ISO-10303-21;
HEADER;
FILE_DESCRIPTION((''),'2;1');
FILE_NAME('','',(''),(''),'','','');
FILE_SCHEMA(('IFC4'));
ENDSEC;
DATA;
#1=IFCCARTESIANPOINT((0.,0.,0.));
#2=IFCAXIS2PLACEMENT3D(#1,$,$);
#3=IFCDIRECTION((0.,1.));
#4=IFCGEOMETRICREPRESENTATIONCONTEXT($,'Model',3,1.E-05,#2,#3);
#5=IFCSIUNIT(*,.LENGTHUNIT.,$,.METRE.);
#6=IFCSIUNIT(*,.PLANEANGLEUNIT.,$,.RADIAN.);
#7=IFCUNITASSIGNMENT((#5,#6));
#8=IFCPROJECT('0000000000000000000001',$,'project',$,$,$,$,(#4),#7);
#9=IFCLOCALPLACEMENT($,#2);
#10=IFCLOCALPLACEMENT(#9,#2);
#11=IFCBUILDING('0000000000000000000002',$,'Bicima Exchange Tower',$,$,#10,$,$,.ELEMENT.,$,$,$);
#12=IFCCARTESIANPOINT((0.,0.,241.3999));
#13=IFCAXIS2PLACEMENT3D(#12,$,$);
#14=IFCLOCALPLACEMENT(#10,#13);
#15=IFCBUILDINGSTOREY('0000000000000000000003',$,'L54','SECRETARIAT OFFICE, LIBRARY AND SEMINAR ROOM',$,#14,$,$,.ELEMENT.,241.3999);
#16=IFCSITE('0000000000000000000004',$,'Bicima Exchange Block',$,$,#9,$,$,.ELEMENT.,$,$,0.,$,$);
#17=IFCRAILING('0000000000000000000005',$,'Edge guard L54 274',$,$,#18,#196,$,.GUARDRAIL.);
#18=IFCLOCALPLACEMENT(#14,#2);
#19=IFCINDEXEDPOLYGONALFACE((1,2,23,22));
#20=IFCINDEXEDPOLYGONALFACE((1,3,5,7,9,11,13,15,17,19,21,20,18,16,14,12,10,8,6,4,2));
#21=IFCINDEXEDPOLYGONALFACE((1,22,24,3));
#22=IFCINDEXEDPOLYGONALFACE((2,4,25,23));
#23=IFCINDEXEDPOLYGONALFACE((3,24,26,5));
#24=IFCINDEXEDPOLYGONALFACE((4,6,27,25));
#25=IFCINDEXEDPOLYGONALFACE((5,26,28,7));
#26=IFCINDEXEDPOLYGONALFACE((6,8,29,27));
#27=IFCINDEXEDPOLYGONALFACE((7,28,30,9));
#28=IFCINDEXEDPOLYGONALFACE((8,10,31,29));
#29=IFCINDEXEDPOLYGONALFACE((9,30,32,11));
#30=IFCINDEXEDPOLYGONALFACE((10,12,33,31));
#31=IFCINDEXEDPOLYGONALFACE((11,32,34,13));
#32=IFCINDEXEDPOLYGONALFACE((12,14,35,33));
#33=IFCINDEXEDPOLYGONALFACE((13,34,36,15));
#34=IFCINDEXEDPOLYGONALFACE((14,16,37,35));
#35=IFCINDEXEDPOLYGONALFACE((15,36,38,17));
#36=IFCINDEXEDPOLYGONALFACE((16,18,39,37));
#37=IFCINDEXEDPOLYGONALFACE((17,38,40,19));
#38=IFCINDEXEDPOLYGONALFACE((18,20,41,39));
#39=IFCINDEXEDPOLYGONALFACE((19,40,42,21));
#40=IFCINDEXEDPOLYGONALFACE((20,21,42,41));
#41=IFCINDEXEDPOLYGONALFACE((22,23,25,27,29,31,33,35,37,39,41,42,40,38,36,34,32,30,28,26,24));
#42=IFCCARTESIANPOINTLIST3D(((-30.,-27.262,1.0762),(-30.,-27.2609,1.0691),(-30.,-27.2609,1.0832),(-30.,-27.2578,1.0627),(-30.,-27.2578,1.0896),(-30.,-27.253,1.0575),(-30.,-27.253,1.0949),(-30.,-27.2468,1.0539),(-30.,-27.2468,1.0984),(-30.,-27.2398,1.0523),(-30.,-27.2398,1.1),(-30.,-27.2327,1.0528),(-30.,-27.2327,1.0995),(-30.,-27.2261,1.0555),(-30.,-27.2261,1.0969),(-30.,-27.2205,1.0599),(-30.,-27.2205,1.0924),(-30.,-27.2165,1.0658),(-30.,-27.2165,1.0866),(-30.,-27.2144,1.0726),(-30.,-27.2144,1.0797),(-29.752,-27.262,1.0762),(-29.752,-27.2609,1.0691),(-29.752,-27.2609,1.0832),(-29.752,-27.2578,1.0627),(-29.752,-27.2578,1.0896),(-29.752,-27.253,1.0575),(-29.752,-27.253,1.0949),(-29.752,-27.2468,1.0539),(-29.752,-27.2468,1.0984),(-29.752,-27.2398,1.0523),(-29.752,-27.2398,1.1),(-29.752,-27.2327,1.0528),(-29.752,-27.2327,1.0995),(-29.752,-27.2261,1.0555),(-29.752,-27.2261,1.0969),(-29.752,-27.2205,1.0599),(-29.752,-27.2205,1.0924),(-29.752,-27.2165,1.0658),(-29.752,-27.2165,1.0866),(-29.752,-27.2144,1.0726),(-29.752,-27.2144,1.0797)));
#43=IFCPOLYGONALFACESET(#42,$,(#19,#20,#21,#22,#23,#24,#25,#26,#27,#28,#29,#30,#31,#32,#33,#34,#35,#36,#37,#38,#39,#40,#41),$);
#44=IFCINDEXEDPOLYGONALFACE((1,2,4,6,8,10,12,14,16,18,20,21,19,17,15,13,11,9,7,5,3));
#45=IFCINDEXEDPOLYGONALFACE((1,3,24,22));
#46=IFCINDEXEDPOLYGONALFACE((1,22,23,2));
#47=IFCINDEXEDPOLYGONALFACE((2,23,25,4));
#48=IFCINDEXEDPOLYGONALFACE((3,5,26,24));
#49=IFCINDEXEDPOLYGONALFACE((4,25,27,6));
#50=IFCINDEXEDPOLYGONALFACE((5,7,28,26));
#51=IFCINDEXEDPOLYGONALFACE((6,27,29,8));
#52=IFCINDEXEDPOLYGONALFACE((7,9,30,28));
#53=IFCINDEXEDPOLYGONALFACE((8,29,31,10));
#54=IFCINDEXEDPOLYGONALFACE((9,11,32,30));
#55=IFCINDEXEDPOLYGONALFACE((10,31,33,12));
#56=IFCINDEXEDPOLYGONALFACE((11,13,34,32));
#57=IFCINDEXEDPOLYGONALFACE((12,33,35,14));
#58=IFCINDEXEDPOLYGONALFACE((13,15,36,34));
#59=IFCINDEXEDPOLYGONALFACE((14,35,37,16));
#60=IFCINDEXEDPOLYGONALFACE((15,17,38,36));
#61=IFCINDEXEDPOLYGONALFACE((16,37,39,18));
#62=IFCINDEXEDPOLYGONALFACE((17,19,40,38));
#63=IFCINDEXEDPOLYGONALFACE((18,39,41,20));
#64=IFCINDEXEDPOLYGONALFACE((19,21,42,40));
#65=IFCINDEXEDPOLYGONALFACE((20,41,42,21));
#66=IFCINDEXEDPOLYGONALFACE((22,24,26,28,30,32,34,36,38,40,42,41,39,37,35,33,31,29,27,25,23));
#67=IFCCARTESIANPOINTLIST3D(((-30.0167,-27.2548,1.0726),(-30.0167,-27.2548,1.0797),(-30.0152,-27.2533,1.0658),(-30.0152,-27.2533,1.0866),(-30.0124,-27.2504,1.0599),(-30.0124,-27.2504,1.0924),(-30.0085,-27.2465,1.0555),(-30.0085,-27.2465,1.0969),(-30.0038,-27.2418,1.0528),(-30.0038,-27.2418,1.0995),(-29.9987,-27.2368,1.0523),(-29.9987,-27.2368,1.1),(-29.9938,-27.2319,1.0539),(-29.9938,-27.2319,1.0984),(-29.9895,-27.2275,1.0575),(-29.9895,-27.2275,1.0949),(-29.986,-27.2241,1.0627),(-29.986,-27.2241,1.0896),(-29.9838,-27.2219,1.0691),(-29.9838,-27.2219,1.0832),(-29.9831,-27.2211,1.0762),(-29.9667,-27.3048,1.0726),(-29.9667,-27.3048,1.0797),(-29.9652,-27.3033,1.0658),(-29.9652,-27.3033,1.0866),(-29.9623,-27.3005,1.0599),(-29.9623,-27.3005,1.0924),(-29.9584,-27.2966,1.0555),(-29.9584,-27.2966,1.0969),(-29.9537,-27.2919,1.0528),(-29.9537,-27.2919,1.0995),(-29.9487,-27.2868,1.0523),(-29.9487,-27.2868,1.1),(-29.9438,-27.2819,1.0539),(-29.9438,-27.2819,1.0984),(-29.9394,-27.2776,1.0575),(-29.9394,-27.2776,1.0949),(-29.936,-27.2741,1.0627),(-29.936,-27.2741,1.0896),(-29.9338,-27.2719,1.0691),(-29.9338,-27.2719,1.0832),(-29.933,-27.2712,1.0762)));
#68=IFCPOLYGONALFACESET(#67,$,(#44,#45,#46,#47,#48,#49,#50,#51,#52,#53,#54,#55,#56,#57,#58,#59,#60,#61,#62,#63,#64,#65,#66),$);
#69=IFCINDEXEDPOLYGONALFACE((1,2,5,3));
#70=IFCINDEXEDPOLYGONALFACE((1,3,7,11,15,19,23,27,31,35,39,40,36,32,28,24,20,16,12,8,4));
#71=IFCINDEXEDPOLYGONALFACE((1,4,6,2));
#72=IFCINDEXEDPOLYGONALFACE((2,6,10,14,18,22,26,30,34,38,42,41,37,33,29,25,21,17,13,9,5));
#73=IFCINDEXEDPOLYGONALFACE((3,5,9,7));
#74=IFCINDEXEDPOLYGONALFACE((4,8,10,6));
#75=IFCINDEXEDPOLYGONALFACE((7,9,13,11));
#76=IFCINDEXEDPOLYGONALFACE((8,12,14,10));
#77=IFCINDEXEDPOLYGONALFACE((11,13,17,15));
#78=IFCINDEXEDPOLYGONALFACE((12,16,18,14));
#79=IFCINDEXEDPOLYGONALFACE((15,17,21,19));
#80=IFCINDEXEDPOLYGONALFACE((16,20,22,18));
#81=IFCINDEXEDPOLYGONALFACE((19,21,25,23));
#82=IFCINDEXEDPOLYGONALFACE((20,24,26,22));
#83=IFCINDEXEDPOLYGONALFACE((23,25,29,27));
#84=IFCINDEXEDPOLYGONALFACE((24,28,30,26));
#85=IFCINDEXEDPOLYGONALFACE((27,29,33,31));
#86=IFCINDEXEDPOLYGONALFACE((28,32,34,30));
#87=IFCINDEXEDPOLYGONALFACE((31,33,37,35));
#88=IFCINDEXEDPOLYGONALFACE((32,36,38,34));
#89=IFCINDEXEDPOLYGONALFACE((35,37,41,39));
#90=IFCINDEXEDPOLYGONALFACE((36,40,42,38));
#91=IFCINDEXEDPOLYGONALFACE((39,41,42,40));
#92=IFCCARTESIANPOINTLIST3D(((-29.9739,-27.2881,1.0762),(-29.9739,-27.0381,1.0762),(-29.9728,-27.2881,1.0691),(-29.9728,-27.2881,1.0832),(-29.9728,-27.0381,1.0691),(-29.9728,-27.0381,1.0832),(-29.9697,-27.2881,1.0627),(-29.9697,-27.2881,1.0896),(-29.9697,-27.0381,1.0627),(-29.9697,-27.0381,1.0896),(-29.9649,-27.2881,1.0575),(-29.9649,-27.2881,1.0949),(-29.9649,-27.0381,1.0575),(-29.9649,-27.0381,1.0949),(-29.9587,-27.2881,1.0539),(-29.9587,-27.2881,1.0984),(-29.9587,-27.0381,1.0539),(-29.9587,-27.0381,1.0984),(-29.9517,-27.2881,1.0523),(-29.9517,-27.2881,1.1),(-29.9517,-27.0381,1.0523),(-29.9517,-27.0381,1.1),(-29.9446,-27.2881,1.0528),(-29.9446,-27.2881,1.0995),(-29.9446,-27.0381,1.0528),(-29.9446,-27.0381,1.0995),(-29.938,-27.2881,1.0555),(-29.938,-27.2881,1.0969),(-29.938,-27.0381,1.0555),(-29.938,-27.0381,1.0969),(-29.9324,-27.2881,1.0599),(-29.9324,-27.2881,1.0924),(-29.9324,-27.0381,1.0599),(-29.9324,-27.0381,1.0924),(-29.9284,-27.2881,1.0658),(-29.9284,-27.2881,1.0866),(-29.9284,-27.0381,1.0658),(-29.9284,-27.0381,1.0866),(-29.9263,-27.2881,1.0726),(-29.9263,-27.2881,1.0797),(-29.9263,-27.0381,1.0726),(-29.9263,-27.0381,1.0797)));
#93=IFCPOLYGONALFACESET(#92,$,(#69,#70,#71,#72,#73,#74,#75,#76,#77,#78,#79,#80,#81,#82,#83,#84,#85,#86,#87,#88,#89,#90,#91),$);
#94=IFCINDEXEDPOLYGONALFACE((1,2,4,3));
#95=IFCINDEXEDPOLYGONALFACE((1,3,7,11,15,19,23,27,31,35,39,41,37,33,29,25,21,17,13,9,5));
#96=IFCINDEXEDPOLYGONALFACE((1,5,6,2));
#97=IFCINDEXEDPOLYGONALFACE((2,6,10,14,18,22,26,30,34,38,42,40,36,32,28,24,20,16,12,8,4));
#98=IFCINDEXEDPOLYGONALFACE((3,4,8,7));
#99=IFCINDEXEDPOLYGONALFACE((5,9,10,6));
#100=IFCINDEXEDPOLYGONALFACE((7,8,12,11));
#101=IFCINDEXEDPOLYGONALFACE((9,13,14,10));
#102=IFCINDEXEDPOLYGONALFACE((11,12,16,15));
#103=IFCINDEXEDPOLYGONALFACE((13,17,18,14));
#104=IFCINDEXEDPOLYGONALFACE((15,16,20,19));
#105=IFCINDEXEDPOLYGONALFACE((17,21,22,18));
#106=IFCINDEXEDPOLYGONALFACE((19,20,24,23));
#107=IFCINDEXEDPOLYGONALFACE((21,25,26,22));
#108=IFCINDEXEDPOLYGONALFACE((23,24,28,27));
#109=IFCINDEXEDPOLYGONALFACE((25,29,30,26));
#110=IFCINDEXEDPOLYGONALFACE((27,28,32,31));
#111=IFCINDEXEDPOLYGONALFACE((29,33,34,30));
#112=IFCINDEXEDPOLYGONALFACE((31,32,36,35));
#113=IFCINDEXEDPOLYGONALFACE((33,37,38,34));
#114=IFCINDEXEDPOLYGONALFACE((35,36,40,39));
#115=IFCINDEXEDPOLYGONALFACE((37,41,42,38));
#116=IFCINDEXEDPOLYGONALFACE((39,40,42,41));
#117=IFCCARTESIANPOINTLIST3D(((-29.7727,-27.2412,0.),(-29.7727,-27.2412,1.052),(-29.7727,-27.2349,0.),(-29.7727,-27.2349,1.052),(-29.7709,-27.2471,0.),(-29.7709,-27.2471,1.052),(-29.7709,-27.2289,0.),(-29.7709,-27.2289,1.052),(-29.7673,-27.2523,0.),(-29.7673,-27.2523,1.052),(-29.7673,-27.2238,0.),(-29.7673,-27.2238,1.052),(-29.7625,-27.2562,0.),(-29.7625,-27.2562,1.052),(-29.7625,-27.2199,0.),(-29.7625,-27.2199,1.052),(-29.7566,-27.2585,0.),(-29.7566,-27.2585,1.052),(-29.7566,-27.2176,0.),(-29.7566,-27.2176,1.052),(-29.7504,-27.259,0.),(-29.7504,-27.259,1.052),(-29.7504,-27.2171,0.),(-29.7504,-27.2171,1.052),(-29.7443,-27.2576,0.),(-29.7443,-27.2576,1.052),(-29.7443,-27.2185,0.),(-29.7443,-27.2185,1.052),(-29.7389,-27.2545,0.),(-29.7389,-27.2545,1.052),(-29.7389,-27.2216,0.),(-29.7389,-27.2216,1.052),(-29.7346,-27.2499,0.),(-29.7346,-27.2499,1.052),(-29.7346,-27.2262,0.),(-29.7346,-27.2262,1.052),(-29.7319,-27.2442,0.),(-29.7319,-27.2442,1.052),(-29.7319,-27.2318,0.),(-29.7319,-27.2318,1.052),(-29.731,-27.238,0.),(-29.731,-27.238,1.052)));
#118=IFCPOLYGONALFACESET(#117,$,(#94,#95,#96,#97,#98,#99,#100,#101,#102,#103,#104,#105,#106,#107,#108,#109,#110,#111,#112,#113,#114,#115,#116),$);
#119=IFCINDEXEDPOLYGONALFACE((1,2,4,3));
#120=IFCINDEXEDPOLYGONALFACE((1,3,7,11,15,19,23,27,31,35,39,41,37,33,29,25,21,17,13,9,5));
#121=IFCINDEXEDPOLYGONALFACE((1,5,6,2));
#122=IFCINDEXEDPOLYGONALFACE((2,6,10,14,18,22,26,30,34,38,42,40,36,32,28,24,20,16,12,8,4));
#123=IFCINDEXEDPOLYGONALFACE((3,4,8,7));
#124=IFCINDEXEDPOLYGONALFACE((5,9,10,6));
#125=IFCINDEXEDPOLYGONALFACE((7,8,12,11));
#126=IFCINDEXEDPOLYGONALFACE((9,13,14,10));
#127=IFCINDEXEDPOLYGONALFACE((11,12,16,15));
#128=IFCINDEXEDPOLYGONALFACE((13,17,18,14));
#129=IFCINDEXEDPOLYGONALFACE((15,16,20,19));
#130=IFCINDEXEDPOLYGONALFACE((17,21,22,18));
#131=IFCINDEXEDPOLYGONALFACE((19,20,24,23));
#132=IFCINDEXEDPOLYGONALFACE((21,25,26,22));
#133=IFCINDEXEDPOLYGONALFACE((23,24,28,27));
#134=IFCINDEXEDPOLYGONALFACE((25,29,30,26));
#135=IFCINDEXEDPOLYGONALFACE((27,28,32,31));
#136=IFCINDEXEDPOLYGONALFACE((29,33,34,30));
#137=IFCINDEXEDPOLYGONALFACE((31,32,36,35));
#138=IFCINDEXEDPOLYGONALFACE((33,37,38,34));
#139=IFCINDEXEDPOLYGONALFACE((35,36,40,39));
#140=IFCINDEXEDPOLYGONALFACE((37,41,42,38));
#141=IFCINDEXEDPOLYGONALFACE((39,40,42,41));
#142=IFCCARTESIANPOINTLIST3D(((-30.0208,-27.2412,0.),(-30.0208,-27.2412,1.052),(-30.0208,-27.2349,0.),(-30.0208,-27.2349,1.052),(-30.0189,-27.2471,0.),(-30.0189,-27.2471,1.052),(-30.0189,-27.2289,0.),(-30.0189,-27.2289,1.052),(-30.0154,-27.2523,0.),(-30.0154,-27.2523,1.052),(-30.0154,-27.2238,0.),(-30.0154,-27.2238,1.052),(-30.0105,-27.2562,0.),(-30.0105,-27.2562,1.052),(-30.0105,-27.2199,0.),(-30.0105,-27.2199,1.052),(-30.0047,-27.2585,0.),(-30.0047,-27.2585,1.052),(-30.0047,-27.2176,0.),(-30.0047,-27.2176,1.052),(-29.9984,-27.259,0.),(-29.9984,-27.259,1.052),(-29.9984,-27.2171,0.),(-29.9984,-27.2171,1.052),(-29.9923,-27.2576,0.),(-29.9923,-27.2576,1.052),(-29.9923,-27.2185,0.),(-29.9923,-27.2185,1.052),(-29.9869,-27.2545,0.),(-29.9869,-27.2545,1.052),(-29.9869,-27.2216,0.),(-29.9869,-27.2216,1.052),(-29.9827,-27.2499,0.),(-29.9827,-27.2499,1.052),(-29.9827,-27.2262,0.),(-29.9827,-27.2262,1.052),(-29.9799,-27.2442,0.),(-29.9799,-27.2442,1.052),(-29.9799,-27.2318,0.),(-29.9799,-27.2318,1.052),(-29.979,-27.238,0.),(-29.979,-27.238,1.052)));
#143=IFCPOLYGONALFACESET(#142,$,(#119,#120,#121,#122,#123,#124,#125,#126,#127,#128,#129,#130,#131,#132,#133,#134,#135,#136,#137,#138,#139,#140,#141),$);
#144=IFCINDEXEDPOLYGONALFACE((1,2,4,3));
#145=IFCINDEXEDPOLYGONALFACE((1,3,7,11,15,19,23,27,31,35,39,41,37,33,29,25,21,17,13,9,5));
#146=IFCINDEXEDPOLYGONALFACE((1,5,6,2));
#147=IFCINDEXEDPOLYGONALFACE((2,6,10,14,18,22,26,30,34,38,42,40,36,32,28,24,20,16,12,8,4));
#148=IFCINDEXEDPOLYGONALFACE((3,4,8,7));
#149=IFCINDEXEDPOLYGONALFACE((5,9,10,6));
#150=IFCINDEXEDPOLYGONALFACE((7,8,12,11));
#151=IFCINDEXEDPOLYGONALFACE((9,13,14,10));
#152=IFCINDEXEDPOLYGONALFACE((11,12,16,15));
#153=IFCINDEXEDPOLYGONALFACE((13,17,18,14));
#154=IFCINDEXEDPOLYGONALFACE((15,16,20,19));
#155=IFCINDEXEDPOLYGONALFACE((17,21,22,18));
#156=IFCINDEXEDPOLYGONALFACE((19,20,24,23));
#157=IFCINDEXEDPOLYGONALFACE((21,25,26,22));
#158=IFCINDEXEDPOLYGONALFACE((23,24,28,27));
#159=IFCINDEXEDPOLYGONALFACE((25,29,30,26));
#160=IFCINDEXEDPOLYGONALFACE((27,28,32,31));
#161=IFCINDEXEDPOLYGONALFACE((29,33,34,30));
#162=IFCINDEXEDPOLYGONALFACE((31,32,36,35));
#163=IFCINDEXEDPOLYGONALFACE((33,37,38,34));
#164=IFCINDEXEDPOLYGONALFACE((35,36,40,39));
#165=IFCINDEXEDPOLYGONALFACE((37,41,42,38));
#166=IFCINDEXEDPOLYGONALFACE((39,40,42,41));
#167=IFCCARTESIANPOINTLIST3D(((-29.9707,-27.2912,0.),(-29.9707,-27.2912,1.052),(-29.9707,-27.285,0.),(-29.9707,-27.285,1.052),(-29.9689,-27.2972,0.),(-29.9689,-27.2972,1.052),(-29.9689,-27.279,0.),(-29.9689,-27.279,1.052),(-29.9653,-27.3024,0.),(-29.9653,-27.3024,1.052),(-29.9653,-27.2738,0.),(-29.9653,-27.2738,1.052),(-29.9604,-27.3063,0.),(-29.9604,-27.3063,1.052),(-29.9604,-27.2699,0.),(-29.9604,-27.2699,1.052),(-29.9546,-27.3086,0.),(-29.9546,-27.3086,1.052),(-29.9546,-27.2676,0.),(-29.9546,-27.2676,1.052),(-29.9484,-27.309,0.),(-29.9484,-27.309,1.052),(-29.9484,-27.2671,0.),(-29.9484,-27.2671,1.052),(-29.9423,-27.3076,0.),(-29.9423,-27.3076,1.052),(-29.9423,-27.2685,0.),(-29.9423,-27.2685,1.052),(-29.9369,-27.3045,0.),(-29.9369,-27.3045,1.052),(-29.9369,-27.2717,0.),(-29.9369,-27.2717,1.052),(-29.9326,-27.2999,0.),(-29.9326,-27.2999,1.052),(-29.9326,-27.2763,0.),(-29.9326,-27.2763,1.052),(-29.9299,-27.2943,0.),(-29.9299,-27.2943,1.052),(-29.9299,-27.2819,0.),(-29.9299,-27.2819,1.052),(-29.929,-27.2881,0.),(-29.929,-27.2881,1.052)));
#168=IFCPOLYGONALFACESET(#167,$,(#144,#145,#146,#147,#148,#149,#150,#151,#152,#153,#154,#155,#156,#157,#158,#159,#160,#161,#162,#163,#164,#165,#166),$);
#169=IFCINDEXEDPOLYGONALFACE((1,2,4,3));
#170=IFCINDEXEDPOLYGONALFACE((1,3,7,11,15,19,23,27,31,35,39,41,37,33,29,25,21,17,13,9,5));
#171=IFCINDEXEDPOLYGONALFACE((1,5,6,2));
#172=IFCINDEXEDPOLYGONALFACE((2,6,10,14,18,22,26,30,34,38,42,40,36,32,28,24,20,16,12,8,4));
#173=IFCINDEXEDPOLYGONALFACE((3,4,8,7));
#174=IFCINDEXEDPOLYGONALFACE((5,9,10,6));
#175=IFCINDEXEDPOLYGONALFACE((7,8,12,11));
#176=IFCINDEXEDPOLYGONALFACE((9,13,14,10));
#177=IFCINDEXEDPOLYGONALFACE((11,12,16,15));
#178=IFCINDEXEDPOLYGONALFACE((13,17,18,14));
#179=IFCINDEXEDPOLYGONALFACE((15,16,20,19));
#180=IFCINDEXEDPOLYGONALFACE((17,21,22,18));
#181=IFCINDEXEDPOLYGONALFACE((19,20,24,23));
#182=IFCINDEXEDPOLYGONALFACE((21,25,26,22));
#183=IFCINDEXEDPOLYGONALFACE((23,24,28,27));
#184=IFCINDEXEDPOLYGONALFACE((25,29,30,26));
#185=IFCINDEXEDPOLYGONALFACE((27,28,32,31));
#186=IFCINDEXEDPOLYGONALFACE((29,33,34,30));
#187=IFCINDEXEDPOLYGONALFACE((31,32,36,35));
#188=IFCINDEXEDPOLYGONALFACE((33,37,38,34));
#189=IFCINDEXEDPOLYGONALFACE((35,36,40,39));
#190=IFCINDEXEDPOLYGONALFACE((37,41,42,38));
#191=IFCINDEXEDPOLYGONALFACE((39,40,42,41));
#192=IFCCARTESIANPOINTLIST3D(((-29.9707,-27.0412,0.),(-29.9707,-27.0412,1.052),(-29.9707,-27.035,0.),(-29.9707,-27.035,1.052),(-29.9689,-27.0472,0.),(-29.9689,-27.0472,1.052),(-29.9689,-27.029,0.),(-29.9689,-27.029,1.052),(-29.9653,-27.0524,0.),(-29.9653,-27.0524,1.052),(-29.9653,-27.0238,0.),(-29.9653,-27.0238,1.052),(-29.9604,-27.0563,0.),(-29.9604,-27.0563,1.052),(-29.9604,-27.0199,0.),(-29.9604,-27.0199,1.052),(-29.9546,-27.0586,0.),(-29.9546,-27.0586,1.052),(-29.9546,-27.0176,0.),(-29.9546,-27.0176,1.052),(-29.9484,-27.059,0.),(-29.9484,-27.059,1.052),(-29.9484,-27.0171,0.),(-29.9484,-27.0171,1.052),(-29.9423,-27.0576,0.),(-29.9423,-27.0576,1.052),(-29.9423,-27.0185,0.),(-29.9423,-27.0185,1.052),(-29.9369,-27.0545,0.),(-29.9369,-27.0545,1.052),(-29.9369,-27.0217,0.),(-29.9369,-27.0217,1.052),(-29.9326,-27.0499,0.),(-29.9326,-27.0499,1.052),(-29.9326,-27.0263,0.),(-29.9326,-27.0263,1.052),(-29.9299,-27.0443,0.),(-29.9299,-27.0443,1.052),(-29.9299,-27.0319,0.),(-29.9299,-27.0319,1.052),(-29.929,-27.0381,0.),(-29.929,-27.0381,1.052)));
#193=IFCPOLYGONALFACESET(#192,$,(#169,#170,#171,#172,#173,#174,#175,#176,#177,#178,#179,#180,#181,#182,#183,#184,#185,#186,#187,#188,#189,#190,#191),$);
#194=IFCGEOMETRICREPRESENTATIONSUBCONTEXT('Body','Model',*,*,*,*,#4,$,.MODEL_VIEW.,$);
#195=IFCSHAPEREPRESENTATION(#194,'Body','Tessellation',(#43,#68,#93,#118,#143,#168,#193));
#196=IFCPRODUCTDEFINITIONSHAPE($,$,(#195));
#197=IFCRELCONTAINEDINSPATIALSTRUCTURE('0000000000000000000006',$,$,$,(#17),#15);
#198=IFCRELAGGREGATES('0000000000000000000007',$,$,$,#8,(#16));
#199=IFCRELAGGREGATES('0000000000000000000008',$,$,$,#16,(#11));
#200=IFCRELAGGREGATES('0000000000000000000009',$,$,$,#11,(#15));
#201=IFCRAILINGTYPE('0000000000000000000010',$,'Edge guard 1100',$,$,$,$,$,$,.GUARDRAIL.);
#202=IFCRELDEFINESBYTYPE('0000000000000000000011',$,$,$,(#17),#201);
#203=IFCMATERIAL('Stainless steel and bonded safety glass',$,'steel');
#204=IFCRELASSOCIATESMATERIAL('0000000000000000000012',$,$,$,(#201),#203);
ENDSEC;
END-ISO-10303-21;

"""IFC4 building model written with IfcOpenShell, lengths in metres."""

from ifc_helpers import new_model, si_unit, direction, frame, origin, origin_2d, place, context, subcontext, project, spatial, circle, extrude, material, type_object, element, save


model = new_model("IFC4")

# Units and contexts
model_context = context("Model", 3, precision=1e-05, world=origin(), true_north=direction((0.0, 1.0)))
body_context = subcontext(model_context, "Body", "Model", "MODEL_VIEW")
ifc_project = project(units=[si_unit("LENGTHUNIT", "METRE"), si_unit("PLANEANGLEUNIT", "RADIAN")], contexts=[model_context])

# Site, building, storey
site_placement = place(None, origin())
site = spatial("IfcSite", under=ifc_project, at=site_placement, Name="Bicima Exchange Block", CompositionType="ELEMENT", RefElevation=0.0)
building_placement = place(site_placement, origin())
building = spatial("IfcBuilding", under=site, at=building_placement, Name="Bicima Exchange Tower", CompositionType="ELEMENT")
storey_placement = place(building_placement, frame((0.0, 0.0, 241.3999)))
storey = spatial("IfcBuildingStorey", under=building, at=storey_placement, Name="L54", Description="SECRETARIAT OFFICE, LIBRARY AND SEMINAR ROOM", CompositionType="ELEMENT", Elevation=241.3999)

# Railing
ifc_material_1 = material(Name="Stainless steel and bonded safety glass", Category="steel")
railing_type = type_object("IfcRailingType", Name="Edge guard 1100", PredefinedType="GUARDRAIL", material=ifc_material_1)
railing_1_placement = place(storey_placement, frame((-29.752, -27.238, 0.0)))
element("IfcRailing", 1, at=railing_1_placement, inside=storey, type_object=railing_type, Name="Edge guard L54 274", PredefinedType="GUARDRAIL", context=body_context, shape_type="SweptSolid", body=[
    extrude(circle(Radius=0.0239, at=origin_2d()), frame((0.0, 0.0, 1.0762), z_axis=(-1.0, 0.0, 0.0), x_axis=(0.0, -1.0, 0.0)), (0.0, 0.0, 1.0), 0.248),
    extrude(circle(Radius=0.0239, at=origin_2d()), frame((-0.248, 0.0, 1.0762), z_axis=(0.707107, -0.707107, 0.0), x_axis=(0.707107, 0.707107, 0.0)), (0.0, 0.0, 1.0), 0.0708),
    extrude(circle(Radius=0.0239, at=origin_2d()), frame((-0.198, -0.05, 1.0762), z_axis=(0.0, 1.0, 0.0), x_axis=(-1.0, 0.0, 0.0)), (0.0, 0.0, 1.0), 0.25),
    extrude(circle(Radius=0.021, at=origin_2d()), origin(), (0.0, 0.0, 1.0), 1.052),
    extrude(circle(Radius=0.021, at=origin_2d()), frame((-0.248, 0.0, 0.0)), (0.0, 0.0, 1.0), 1.052),
    extrude(circle(Radius=0.021, at=origin_2d()), frame((-0.198, -0.05, 0.0)), (0.0, 0.0, 1.0), 1.052),
    extrude(circle(Radius=0.021, at=origin_2d()), frame((-0.198, 0.2, 0.0)), (0.0, 0.0, 1.0), 1.052),
])

save(model, "model.ifc")
